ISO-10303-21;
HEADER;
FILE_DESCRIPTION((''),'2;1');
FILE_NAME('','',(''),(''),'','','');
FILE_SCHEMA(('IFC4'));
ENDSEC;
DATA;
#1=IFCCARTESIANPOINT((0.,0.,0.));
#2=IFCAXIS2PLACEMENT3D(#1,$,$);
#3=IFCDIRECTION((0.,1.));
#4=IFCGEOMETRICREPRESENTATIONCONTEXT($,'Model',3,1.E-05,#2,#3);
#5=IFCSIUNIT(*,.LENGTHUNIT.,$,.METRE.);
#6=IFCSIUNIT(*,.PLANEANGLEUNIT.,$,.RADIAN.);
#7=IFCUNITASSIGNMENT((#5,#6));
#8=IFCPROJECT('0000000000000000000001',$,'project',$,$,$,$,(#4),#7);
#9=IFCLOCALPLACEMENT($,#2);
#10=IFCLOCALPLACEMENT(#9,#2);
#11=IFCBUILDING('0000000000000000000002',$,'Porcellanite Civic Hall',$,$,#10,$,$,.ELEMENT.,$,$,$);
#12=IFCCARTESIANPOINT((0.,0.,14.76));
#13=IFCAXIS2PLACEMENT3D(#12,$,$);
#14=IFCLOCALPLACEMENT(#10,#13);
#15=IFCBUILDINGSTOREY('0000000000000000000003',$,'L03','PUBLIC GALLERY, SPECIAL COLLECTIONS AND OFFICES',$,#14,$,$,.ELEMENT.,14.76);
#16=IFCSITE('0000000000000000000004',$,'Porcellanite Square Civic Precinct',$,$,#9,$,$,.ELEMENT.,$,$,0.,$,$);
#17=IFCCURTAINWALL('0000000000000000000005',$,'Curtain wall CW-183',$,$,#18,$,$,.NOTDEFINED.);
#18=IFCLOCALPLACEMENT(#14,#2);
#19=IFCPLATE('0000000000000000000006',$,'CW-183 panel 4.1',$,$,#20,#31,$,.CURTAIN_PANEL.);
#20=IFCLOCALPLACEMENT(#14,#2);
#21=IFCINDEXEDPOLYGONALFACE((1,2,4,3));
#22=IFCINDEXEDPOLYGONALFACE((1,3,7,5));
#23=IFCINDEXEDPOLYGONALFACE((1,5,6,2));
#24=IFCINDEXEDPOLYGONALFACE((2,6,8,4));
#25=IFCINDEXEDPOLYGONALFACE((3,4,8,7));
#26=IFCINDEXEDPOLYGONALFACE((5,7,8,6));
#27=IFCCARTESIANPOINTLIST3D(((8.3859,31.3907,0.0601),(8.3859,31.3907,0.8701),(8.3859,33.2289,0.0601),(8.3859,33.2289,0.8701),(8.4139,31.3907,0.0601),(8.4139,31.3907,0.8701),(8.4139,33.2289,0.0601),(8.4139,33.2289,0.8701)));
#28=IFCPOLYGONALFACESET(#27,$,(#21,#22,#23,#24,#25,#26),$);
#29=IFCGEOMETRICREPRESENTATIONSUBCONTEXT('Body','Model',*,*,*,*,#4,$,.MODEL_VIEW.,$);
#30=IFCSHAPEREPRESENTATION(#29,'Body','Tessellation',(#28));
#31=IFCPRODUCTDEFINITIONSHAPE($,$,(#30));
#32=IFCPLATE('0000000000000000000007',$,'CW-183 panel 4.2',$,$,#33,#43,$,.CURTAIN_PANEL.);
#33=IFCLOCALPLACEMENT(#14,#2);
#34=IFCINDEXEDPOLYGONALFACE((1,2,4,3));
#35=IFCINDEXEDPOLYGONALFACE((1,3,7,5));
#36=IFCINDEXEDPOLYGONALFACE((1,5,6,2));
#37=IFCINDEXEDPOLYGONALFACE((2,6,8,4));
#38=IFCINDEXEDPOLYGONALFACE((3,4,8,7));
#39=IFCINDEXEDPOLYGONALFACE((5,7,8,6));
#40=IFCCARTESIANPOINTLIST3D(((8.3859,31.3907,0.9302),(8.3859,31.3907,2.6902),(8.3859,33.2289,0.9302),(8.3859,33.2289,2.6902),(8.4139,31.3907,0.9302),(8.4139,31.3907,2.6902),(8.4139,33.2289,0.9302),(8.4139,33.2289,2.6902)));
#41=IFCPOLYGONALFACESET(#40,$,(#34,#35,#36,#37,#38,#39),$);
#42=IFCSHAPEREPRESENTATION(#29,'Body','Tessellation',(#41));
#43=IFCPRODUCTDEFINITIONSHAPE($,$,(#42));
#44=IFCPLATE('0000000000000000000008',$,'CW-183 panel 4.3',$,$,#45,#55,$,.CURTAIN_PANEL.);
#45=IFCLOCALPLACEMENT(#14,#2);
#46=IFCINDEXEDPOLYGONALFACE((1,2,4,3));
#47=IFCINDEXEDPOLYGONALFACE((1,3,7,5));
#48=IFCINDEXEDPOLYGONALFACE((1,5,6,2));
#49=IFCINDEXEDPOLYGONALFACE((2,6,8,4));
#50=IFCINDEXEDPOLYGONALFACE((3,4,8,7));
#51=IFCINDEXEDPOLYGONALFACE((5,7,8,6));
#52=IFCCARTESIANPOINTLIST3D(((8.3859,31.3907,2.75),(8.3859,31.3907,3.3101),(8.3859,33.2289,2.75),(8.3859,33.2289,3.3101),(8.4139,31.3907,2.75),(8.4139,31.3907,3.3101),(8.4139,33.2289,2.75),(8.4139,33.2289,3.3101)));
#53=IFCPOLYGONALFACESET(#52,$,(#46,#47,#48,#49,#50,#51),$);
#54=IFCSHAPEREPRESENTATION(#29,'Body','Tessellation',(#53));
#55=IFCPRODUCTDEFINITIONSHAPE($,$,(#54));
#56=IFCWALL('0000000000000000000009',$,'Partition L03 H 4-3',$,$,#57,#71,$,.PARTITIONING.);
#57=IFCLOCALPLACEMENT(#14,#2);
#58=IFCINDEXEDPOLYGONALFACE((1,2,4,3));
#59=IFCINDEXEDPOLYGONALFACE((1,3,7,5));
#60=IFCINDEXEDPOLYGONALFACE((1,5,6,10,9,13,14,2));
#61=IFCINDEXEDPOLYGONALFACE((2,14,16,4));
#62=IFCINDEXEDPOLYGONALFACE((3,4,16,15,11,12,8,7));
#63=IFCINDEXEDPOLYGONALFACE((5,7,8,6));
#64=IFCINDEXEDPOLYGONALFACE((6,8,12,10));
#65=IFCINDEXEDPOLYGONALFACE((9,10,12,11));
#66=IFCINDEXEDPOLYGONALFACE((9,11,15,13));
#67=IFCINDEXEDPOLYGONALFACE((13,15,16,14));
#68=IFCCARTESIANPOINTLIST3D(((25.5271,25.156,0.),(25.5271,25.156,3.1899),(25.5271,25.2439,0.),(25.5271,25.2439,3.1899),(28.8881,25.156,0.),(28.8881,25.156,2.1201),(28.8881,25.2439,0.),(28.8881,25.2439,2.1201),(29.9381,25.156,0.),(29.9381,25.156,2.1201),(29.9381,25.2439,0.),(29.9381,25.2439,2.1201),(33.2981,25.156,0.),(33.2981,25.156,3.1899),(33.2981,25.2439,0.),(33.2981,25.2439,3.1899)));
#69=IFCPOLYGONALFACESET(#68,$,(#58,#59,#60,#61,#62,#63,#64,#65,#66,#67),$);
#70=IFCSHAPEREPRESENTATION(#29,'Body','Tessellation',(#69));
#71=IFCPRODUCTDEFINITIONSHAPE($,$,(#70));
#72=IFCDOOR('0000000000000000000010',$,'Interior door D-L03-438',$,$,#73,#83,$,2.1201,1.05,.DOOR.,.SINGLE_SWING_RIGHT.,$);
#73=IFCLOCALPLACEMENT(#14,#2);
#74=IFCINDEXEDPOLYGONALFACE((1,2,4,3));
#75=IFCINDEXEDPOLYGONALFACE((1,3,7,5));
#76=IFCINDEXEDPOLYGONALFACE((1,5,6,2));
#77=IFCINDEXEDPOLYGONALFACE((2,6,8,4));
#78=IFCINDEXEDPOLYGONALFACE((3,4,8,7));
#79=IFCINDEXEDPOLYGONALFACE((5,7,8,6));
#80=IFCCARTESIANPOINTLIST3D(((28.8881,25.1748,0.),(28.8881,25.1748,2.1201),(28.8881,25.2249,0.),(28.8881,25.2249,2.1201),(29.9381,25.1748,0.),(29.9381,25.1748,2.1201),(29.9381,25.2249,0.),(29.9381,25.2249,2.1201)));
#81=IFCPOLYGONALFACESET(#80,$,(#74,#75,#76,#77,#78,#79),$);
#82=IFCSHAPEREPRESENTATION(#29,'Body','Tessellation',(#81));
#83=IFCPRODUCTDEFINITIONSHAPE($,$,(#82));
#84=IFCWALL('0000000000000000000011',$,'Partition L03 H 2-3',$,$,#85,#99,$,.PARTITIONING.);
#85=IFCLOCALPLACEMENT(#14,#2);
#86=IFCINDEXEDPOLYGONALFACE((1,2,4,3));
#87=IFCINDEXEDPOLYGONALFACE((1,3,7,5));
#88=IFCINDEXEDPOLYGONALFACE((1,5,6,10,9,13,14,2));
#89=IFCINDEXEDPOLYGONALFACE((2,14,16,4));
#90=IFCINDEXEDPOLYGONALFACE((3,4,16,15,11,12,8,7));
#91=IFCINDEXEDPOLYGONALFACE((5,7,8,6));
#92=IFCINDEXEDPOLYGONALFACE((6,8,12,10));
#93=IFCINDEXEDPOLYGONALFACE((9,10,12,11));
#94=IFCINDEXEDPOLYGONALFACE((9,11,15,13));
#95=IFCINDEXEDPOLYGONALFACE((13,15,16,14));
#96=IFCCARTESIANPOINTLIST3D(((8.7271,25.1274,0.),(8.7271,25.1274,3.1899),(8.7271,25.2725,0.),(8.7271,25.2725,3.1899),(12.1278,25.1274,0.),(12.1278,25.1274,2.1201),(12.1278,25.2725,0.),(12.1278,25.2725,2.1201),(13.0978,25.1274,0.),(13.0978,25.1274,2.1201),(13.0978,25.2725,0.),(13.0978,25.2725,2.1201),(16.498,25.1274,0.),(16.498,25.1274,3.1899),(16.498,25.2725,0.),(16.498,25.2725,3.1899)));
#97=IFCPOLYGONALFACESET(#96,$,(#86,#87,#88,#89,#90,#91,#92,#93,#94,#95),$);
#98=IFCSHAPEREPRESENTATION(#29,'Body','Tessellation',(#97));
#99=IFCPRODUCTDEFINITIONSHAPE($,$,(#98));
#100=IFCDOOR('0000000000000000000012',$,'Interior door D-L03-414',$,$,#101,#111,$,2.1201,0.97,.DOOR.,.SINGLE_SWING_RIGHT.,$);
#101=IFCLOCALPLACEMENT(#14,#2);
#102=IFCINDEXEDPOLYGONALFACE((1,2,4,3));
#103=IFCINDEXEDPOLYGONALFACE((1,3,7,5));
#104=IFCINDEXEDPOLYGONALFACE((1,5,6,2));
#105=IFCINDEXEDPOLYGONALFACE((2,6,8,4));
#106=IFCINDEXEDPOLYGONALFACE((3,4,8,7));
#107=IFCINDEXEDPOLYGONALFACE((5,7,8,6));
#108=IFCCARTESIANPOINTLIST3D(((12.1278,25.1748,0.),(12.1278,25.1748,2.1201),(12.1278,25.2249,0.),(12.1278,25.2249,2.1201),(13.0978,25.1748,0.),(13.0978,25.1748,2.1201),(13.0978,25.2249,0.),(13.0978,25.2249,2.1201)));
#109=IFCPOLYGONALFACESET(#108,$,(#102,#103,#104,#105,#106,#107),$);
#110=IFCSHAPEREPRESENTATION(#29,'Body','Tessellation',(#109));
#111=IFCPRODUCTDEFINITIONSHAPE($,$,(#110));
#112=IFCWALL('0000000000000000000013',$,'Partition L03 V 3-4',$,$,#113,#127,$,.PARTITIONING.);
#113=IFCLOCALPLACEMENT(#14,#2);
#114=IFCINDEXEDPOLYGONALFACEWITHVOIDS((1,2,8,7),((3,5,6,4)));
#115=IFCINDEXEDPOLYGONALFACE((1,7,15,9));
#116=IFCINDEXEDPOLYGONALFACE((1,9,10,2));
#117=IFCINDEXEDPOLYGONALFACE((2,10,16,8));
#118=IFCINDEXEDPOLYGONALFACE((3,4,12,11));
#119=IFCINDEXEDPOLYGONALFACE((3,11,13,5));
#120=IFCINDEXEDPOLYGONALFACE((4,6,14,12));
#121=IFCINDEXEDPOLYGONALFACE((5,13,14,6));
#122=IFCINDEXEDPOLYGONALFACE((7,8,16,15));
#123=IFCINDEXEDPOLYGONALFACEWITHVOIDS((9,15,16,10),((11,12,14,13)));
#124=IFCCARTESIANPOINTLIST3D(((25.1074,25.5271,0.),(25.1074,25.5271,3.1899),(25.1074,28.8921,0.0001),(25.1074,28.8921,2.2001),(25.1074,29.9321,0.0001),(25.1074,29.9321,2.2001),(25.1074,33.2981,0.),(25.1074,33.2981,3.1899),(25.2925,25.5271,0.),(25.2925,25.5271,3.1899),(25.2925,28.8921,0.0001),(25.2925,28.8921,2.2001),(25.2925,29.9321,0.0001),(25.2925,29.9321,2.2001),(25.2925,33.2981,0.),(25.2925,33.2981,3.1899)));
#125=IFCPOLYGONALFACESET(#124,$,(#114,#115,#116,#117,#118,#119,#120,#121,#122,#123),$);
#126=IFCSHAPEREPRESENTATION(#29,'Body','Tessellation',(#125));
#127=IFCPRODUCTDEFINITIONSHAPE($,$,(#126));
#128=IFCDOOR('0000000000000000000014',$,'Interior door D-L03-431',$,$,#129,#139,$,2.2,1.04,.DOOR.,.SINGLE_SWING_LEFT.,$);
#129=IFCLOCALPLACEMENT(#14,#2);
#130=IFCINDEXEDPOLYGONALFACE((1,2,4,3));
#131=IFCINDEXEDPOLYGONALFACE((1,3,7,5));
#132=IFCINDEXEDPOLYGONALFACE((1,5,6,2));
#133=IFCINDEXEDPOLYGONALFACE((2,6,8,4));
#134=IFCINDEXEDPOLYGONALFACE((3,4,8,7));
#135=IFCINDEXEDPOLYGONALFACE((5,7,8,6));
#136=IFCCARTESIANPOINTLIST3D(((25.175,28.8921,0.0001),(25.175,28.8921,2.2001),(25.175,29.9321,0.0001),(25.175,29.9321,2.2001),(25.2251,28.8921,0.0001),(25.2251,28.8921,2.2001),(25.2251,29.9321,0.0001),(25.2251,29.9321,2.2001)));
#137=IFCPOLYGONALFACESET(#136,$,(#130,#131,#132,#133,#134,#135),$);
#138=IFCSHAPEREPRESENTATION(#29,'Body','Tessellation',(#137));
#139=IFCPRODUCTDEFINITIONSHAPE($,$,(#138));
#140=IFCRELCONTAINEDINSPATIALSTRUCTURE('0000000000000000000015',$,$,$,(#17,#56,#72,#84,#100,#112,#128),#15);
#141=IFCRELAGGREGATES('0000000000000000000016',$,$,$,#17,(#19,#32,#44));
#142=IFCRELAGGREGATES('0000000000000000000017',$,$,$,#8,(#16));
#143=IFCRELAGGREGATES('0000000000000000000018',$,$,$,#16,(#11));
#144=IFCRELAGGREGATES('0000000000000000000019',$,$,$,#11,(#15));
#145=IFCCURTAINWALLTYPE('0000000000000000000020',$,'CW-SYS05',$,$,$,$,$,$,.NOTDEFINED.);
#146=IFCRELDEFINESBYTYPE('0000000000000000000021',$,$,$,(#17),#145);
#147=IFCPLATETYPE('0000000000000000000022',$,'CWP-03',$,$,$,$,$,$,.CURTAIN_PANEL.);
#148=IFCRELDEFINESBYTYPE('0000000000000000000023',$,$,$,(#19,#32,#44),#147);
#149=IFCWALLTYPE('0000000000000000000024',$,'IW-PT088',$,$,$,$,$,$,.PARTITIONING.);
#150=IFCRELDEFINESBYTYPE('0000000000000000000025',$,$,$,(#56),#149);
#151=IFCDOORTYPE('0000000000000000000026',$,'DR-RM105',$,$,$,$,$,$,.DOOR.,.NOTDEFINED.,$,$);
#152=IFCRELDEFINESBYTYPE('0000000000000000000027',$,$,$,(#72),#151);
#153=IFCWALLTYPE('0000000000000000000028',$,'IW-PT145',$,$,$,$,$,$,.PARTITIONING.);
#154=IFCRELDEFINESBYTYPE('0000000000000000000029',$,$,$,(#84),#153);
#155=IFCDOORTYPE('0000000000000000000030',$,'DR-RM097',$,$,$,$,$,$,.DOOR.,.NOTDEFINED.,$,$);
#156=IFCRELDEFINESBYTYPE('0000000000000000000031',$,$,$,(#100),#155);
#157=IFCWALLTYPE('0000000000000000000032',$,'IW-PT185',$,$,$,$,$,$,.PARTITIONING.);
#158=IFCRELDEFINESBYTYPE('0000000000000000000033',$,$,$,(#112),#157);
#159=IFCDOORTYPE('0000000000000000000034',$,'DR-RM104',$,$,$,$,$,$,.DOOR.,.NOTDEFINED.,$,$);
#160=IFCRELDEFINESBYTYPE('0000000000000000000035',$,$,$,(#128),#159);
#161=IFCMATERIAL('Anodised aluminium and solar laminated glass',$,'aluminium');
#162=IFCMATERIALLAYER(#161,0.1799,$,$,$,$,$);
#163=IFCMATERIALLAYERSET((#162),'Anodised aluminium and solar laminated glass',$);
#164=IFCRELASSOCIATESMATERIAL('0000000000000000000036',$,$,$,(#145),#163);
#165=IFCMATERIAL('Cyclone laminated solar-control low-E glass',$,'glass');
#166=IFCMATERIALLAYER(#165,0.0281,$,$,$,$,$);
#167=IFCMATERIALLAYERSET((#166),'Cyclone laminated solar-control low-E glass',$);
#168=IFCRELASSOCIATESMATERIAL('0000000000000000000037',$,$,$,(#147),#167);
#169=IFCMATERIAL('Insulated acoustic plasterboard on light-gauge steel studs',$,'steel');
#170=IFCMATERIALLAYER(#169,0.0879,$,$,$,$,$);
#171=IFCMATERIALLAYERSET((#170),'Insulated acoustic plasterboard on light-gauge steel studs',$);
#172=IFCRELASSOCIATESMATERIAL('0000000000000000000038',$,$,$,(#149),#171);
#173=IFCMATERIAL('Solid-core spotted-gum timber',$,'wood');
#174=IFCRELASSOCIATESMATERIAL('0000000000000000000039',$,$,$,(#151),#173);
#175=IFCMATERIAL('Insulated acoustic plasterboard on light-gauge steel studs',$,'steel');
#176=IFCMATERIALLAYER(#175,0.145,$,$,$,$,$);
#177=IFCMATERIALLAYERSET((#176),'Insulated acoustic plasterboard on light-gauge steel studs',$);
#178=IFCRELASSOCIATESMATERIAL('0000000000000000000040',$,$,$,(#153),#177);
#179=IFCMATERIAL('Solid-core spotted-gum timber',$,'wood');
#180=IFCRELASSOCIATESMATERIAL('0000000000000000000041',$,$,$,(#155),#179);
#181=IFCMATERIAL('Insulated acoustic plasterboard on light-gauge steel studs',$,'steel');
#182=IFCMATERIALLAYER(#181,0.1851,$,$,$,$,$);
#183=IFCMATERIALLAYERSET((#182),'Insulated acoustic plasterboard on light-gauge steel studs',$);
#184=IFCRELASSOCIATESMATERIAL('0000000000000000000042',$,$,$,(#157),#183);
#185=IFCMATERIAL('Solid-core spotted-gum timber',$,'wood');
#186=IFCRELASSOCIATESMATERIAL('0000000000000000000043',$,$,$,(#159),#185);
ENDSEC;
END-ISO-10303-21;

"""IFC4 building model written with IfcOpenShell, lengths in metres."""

from ifc_helpers import new_model, si_unit, direction, frame, frame_2d, origin, origin_2d, place, context, subcontext, project, spatial, rectangle, extrude, material, layer, layer_set, type_object, element, fill, aggregate, save


model = new_model("IFC4")

# Units and contexts
model_context = context("Model", 3, precision=1e-05, world=origin(), true_north=direction((0.0, 1.0)))
body_context = subcontext(model_context, "Body", "Model", "MODEL_VIEW")
ifc_project = project(units=[si_unit("LENGTHUNIT", "METRE"), si_unit("PLANEANGLEUNIT", "RADIAN")], contexts=[model_context])

# Site, building, storey
site_placement = place(None, origin())
site = spatial("IfcSite", under=ifc_project, at=site_placement, Name="Porcellanite Square Civic Precinct", CompositionType="ELEMENT", RefElevation=0.0)
building_placement = place(site_placement, origin())
building = spatial("IfcBuilding", under=site, at=building_placement, Name="Porcellanite Civic Hall", CompositionType="ELEMENT")
storey_placement = place(building_placement, frame((0.0, 0.0, 14.76)))
storey = spatial("IfcBuildingStorey", under=building, at=storey_placement, Name="L03", Description="PUBLIC GALLERY, SPECIAL COLLECTIONS AND OFFICES", CompositionType="ELEMENT", Elevation=14.76)

# Curtain wall
ifc_material_1 = material(Name="Anodised aluminium and solar laminated glass", Category="aluminium")
ifc_layer_1 = layer(ifc_material_1, 0.1799)
ifc_layer_set_1 = layer_set([ifc_layer_1], Name="Anodised aluminium and solar laminated glass")
curtain_wall_type = type_object("IfcCurtainWallType", Name="CW-SYS05", PredefinedType="NOTDEFINED", material=ifc_layer_set_1)
curtain_wall_placement = place(storey_placement, origin())
curtain_wall = element("IfcCurtainWall", 1, at=curtain_wall_placement, inside=storey, type_object=curtain_wall_type, Name="Curtain wall CW-183", PredefinedType="NOTDEFINED")

# Plates
ifc_material_2 = material(Name="Cyclone laminated solar-control low-E glass", Category="glass")
ifc_layer_2 = layer(ifc_material_2, 0.0281)
ifc_layer_set_2 = layer_set([ifc_layer_2], Name="Cyclone laminated solar-control low-E glass")
plate_type = type_object("IfcPlateType", Name="CWP-03", PredefinedType="CURTAIN_PANEL", material=ifc_layer_set_2)
plate_1_placement = place(storey_placement, frame((8.3999, 32.3098, 0.0601), z_axis=(0.0, 0.0, 1.0), x_axis=(0.0, 1.0, 0.0)))
plate_1 = element("IfcPlate", 2, at=plate_1_placement, type_object=plate_type, Name="CW-183 panel 4.1", PredefinedType="CURTAIN_PANEL", context=body_context, shape_type="SweptSolid", body=[
    extrude(rectangle(XDim=1.8381, YDim=0.0281, at=origin_2d()), origin(), (0.0, 0.0, 1.0), 0.8101),
])
plate_2_placement = place(storey_placement, frame((8.3999, 32.3098, 0.9302), z_axis=(0.0, 0.0, 1.0), x_axis=(0.0, 1.0, 0.0)))
plate_2 = element("IfcPlate", 3, at=plate_2_placement, type_object=plate_type, Name="CW-183 panel 4.2", PredefinedType="CURTAIN_PANEL", context=body_context, shape_type="SweptSolid", body=[
    extrude(rectangle(XDim=1.8381, YDim=0.0281, at=origin_2d()), origin(), (0.0, 0.0, 1.0), 1.76),
])
plate_3_placement = place(storey_placement, frame((8.3999, 32.3098, 2.75), z_axis=(0.0, 0.0, 1.0), x_axis=(0.0, 1.0, 0.0)))
plate_3 = element("IfcPlate", 4, at=plate_3_placement, type_object=plate_type, Name="CW-183 panel 4.3", PredefinedType="CURTAIN_PANEL", context=body_context, shape_type="SweptSolid", body=[
    extrude(rectangle(XDim=1.8381, YDim=0.0281, at=origin_2d()), origin(), (0.0, 0.0, 1.0), 0.5601),
])
aggregate(curtain_wall, [plate_1, plate_2, plate_3])

# Walls, openings, doors
ifc_material_3 = material(Name="Insulated acoustic plasterboard on light-gauge steel studs", Category="steel")
ifc_layer_3 = layer(ifc_material_3, 0.0879)
ifc_layer_set_3 = layer_set([ifc_layer_3], Name="Insulated acoustic plasterboard on light-gauge steel studs")
wall_type_1 = type_object("IfcWallType", Name="IW-PT088", PredefinedType="PARTITIONING", material=ifc_layer_set_3)
wall_1_placement = place(storey_placement, frame((25.5271, 25.2, 0.0), z_axis=(0.0, 0.0, 1.0), x_axis=(1.0, 0.0, 0.0)))
wall_1 = element("IfcWall", 5, at=wall_1_placement, inside=storey, type_object=wall_type_1, Name="Partition L03 H 4-3", PredefinedType="PARTITIONING", context=body_context, shape_type="SweptSolid", body=[
    extrude(rectangle(XDim=7.771, YDim=0.0879, at=frame_2d((3.8855, 0.0))), origin(), (0.0, 0.0, 1.0), 3.1899),
])
opening_1_placement = place(wall_1_placement, frame((3.3611, 0.0, 0.0)))
opening_1 = element("IfcOpeningElement", 6, at=opening_1_placement, cuts=wall_1, PredefinedType="OPENING", context=body_context, shape_type="SweptSolid", body=[
    extrude(rectangle(XDim=1.05, YDim=2.1201, at=frame_2d((0.5249, 1.0601))), frame((0.0, 0.0439, 0.0), z_axis=(0.0, -1.0, 0.0), x_axis=(1.0, 0.0, 0.0)), (0.0, 0.0, 1.0), 0.0879),
])
ifc_material_4 = material(Name="Solid-core spotted-gum timber", Category="wood")
door_type_1 = type_object("IfcDoorType", Name="DR-RM105", OperationType="NOTDEFINED", PredefinedType="DOOR", material=ifc_material_4)
door_1_placement = place(opening_1_placement, origin())
door_1 = element("IfcDoor", 7, at=door_1_placement, inside=storey, type_object=door_type_1, Name="Interior door D-L03-438", OperationType="SINGLE_SWING_RIGHT", OverallHeight=2.1201, OverallWidth=1.05, PredefinedType="DOOR", context=body_context, shape_type="SweptSolid", body=[
    extrude(rectangle(XDim=1.05, YDim=2.1201, at=frame_2d((0.5249, 1.0601))), frame((0.0, 0.0249, 0.0), z_axis=(0.0, -1.0, 0.0), x_axis=(1.0, 0.0, 0.0)), (0.0, 0.0, 1.0), 0.05),
])
fill(opening_1, door_1)
ifc_material_5 = material(Name="Insulated acoustic plasterboard on light-gauge steel studs", Category="steel")
ifc_layer_4 = layer(ifc_material_5, 0.145)
ifc_layer_set_4 = layer_set([ifc_layer_4], Name="Insulated acoustic plasterboard on light-gauge steel studs")
wall_type_2 = type_object("IfcWallType", Name="IW-PT145", PredefinedType="PARTITIONING", material=ifc_layer_set_4)
wall_2_placement = place(storey_placement, frame((8.7271, 25.2, 0.0), z_axis=(0.0, 0.0, 1.0), x_axis=(1.0, 0.0, 0.0)))
wall_2 = element("IfcWall", 8, at=wall_2_placement, inside=storey, type_object=wall_type_2, Name="Partition L03 H 2-3", PredefinedType="PARTITIONING", context=body_context, shape_type="SweptSolid", body=[
    extrude(rectangle(XDim=7.771, YDim=0.145, at=frame_2d((3.8855, 0.0))), origin(), (0.0, 0.0, 1.0), 3.1899),
])
opening_2_placement = place(wall_2_placement, frame((3.4009, 0.0, 0.0)))
opening_2 = element("IfcOpeningElement", 9, at=opening_2_placement, cuts=wall_2, PredefinedType="OPENING", context=body_context, shape_type="SweptSolid", body=[
    extrude(rectangle(XDim=0.97, YDim=2.1201, at=frame_2d((0.4849, 1.0601))), frame((0.0, 0.0725, 0.0), z_axis=(0.0, -1.0, 0.0), x_axis=(1.0, 0.0, 0.0)), (0.0, 0.0, 1.0), 0.145),
])
ifc_material_6 = material(Name="Solid-core spotted-gum timber", Category="wood")
door_type_2 = type_object("IfcDoorType", Name="DR-RM097", OperationType="NOTDEFINED", PredefinedType="DOOR", material=ifc_material_6)
door_2_placement = place(opening_2_placement, origin())
door_2 = element("IfcDoor", 10, at=door_2_placement, inside=storey, type_object=door_type_2, Name="Interior door D-L03-414", OperationType="SINGLE_SWING_RIGHT", OverallHeight=2.1201, OverallWidth=0.97, PredefinedType="DOOR", context=body_context, shape_type="SweptSolid", body=[
    extrude(rectangle(XDim=0.97, YDim=2.1201, at=frame_2d((0.4849, 1.0601))), frame((0.0, 0.0249, 0.0), z_axis=(0.0, -1.0, 0.0), x_axis=(1.0, 0.0, 0.0)), (0.0, 0.0, 1.0), 0.05),
])
fill(opening_2, door_2)
ifc_material_7 = material(Name="Insulated acoustic plasterboard on light-gauge steel studs", Category="steel")
ifc_layer_5 = layer(ifc_material_7, 0.1851)
ifc_layer_set_5 = layer_set([ifc_layer_5], Name="Insulated acoustic plasterboard on light-gauge steel studs")
wall_type_3 = type_object("IfcWallType", Name="IW-PT185", PredefinedType="PARTITIONING", material=ifc_layer_set_5)
wall_3_placement = place(storey_placement, frame((25.2, 25.5271, 0.0), z_axis=(0.0, 0.0, 1.0), x_axis=(0.0, 1.0, 0.0)))
wall_3 = element("IfcWall", 11, at=wall_3_placement, inside=storey, type_object=wall_type_3, Name="Partition L03 V 3-4", PredefinedType="PARTITIONING", context=body_context, shape_type="SweptSolid", body=[
    extrude(rectangle(XDim=7.771, YDim=0.1851, at=frame_2d((3.8855, 0.0))), origin(), (0.0, 0.0, 1.0), 3.1899),
])
opening_3_placement = place(wall_3_placement, frame((3.365, 0.0, 0.0)))
opening_3 = element("IfcOpeningElement", 12, at=opening_3_placement, cuts=wall_3, PredefinedType="OPENING", context=body_context, shape_type="SweptSolid", body=[
    extrude(rectangle(XDim=1.04, YDim=2.2, at=frame_2d((0.52, 1.1001))), frame((0.0, 0.0925, 0.0), z_axis=(0.0, -1.0, 0.0), x_axis=(1.0, 0.0, 0.0)), (0.0, 0.0, 1.0), 0.1851),
])
ifc_material_8 = material(Name="Solid-core spotted-gum timber", Category="wood")
door_type_3 = type_object("IfcDoorType", Name="DR-RM104", OperationType="NOTDEFINED", PredefinedType="DOOR", material=ifc_material_8)
door_3_placement = place(opening_3_placement, origin())
door_3 = element("IfcDoor", 13, at=door_3_placement, inside=storey, type_object=door_type_3, Name="Interior door D-L03-431", OperationType="SINGLE_SWING_LEFT", OverallHeight=2.2, OverallWidth=1.04, PredefinedType="DOOR", context=body_context, shape_type="SweptSolid", body=[
    extrude(rectangle(XDim=1.04, YDim=2.2, at=frame_2d((0.52, 1.1001))), frame((0.0, 0.0249, 0.0), z_axis=(0.0, -1.0, 0.0), x_axis=(1.0, 0.0, 0.0)), (0.0, 0.0, 1.0), 0.05),
])
fill(opening_3, door_3)

save(model, "model.ifc")
